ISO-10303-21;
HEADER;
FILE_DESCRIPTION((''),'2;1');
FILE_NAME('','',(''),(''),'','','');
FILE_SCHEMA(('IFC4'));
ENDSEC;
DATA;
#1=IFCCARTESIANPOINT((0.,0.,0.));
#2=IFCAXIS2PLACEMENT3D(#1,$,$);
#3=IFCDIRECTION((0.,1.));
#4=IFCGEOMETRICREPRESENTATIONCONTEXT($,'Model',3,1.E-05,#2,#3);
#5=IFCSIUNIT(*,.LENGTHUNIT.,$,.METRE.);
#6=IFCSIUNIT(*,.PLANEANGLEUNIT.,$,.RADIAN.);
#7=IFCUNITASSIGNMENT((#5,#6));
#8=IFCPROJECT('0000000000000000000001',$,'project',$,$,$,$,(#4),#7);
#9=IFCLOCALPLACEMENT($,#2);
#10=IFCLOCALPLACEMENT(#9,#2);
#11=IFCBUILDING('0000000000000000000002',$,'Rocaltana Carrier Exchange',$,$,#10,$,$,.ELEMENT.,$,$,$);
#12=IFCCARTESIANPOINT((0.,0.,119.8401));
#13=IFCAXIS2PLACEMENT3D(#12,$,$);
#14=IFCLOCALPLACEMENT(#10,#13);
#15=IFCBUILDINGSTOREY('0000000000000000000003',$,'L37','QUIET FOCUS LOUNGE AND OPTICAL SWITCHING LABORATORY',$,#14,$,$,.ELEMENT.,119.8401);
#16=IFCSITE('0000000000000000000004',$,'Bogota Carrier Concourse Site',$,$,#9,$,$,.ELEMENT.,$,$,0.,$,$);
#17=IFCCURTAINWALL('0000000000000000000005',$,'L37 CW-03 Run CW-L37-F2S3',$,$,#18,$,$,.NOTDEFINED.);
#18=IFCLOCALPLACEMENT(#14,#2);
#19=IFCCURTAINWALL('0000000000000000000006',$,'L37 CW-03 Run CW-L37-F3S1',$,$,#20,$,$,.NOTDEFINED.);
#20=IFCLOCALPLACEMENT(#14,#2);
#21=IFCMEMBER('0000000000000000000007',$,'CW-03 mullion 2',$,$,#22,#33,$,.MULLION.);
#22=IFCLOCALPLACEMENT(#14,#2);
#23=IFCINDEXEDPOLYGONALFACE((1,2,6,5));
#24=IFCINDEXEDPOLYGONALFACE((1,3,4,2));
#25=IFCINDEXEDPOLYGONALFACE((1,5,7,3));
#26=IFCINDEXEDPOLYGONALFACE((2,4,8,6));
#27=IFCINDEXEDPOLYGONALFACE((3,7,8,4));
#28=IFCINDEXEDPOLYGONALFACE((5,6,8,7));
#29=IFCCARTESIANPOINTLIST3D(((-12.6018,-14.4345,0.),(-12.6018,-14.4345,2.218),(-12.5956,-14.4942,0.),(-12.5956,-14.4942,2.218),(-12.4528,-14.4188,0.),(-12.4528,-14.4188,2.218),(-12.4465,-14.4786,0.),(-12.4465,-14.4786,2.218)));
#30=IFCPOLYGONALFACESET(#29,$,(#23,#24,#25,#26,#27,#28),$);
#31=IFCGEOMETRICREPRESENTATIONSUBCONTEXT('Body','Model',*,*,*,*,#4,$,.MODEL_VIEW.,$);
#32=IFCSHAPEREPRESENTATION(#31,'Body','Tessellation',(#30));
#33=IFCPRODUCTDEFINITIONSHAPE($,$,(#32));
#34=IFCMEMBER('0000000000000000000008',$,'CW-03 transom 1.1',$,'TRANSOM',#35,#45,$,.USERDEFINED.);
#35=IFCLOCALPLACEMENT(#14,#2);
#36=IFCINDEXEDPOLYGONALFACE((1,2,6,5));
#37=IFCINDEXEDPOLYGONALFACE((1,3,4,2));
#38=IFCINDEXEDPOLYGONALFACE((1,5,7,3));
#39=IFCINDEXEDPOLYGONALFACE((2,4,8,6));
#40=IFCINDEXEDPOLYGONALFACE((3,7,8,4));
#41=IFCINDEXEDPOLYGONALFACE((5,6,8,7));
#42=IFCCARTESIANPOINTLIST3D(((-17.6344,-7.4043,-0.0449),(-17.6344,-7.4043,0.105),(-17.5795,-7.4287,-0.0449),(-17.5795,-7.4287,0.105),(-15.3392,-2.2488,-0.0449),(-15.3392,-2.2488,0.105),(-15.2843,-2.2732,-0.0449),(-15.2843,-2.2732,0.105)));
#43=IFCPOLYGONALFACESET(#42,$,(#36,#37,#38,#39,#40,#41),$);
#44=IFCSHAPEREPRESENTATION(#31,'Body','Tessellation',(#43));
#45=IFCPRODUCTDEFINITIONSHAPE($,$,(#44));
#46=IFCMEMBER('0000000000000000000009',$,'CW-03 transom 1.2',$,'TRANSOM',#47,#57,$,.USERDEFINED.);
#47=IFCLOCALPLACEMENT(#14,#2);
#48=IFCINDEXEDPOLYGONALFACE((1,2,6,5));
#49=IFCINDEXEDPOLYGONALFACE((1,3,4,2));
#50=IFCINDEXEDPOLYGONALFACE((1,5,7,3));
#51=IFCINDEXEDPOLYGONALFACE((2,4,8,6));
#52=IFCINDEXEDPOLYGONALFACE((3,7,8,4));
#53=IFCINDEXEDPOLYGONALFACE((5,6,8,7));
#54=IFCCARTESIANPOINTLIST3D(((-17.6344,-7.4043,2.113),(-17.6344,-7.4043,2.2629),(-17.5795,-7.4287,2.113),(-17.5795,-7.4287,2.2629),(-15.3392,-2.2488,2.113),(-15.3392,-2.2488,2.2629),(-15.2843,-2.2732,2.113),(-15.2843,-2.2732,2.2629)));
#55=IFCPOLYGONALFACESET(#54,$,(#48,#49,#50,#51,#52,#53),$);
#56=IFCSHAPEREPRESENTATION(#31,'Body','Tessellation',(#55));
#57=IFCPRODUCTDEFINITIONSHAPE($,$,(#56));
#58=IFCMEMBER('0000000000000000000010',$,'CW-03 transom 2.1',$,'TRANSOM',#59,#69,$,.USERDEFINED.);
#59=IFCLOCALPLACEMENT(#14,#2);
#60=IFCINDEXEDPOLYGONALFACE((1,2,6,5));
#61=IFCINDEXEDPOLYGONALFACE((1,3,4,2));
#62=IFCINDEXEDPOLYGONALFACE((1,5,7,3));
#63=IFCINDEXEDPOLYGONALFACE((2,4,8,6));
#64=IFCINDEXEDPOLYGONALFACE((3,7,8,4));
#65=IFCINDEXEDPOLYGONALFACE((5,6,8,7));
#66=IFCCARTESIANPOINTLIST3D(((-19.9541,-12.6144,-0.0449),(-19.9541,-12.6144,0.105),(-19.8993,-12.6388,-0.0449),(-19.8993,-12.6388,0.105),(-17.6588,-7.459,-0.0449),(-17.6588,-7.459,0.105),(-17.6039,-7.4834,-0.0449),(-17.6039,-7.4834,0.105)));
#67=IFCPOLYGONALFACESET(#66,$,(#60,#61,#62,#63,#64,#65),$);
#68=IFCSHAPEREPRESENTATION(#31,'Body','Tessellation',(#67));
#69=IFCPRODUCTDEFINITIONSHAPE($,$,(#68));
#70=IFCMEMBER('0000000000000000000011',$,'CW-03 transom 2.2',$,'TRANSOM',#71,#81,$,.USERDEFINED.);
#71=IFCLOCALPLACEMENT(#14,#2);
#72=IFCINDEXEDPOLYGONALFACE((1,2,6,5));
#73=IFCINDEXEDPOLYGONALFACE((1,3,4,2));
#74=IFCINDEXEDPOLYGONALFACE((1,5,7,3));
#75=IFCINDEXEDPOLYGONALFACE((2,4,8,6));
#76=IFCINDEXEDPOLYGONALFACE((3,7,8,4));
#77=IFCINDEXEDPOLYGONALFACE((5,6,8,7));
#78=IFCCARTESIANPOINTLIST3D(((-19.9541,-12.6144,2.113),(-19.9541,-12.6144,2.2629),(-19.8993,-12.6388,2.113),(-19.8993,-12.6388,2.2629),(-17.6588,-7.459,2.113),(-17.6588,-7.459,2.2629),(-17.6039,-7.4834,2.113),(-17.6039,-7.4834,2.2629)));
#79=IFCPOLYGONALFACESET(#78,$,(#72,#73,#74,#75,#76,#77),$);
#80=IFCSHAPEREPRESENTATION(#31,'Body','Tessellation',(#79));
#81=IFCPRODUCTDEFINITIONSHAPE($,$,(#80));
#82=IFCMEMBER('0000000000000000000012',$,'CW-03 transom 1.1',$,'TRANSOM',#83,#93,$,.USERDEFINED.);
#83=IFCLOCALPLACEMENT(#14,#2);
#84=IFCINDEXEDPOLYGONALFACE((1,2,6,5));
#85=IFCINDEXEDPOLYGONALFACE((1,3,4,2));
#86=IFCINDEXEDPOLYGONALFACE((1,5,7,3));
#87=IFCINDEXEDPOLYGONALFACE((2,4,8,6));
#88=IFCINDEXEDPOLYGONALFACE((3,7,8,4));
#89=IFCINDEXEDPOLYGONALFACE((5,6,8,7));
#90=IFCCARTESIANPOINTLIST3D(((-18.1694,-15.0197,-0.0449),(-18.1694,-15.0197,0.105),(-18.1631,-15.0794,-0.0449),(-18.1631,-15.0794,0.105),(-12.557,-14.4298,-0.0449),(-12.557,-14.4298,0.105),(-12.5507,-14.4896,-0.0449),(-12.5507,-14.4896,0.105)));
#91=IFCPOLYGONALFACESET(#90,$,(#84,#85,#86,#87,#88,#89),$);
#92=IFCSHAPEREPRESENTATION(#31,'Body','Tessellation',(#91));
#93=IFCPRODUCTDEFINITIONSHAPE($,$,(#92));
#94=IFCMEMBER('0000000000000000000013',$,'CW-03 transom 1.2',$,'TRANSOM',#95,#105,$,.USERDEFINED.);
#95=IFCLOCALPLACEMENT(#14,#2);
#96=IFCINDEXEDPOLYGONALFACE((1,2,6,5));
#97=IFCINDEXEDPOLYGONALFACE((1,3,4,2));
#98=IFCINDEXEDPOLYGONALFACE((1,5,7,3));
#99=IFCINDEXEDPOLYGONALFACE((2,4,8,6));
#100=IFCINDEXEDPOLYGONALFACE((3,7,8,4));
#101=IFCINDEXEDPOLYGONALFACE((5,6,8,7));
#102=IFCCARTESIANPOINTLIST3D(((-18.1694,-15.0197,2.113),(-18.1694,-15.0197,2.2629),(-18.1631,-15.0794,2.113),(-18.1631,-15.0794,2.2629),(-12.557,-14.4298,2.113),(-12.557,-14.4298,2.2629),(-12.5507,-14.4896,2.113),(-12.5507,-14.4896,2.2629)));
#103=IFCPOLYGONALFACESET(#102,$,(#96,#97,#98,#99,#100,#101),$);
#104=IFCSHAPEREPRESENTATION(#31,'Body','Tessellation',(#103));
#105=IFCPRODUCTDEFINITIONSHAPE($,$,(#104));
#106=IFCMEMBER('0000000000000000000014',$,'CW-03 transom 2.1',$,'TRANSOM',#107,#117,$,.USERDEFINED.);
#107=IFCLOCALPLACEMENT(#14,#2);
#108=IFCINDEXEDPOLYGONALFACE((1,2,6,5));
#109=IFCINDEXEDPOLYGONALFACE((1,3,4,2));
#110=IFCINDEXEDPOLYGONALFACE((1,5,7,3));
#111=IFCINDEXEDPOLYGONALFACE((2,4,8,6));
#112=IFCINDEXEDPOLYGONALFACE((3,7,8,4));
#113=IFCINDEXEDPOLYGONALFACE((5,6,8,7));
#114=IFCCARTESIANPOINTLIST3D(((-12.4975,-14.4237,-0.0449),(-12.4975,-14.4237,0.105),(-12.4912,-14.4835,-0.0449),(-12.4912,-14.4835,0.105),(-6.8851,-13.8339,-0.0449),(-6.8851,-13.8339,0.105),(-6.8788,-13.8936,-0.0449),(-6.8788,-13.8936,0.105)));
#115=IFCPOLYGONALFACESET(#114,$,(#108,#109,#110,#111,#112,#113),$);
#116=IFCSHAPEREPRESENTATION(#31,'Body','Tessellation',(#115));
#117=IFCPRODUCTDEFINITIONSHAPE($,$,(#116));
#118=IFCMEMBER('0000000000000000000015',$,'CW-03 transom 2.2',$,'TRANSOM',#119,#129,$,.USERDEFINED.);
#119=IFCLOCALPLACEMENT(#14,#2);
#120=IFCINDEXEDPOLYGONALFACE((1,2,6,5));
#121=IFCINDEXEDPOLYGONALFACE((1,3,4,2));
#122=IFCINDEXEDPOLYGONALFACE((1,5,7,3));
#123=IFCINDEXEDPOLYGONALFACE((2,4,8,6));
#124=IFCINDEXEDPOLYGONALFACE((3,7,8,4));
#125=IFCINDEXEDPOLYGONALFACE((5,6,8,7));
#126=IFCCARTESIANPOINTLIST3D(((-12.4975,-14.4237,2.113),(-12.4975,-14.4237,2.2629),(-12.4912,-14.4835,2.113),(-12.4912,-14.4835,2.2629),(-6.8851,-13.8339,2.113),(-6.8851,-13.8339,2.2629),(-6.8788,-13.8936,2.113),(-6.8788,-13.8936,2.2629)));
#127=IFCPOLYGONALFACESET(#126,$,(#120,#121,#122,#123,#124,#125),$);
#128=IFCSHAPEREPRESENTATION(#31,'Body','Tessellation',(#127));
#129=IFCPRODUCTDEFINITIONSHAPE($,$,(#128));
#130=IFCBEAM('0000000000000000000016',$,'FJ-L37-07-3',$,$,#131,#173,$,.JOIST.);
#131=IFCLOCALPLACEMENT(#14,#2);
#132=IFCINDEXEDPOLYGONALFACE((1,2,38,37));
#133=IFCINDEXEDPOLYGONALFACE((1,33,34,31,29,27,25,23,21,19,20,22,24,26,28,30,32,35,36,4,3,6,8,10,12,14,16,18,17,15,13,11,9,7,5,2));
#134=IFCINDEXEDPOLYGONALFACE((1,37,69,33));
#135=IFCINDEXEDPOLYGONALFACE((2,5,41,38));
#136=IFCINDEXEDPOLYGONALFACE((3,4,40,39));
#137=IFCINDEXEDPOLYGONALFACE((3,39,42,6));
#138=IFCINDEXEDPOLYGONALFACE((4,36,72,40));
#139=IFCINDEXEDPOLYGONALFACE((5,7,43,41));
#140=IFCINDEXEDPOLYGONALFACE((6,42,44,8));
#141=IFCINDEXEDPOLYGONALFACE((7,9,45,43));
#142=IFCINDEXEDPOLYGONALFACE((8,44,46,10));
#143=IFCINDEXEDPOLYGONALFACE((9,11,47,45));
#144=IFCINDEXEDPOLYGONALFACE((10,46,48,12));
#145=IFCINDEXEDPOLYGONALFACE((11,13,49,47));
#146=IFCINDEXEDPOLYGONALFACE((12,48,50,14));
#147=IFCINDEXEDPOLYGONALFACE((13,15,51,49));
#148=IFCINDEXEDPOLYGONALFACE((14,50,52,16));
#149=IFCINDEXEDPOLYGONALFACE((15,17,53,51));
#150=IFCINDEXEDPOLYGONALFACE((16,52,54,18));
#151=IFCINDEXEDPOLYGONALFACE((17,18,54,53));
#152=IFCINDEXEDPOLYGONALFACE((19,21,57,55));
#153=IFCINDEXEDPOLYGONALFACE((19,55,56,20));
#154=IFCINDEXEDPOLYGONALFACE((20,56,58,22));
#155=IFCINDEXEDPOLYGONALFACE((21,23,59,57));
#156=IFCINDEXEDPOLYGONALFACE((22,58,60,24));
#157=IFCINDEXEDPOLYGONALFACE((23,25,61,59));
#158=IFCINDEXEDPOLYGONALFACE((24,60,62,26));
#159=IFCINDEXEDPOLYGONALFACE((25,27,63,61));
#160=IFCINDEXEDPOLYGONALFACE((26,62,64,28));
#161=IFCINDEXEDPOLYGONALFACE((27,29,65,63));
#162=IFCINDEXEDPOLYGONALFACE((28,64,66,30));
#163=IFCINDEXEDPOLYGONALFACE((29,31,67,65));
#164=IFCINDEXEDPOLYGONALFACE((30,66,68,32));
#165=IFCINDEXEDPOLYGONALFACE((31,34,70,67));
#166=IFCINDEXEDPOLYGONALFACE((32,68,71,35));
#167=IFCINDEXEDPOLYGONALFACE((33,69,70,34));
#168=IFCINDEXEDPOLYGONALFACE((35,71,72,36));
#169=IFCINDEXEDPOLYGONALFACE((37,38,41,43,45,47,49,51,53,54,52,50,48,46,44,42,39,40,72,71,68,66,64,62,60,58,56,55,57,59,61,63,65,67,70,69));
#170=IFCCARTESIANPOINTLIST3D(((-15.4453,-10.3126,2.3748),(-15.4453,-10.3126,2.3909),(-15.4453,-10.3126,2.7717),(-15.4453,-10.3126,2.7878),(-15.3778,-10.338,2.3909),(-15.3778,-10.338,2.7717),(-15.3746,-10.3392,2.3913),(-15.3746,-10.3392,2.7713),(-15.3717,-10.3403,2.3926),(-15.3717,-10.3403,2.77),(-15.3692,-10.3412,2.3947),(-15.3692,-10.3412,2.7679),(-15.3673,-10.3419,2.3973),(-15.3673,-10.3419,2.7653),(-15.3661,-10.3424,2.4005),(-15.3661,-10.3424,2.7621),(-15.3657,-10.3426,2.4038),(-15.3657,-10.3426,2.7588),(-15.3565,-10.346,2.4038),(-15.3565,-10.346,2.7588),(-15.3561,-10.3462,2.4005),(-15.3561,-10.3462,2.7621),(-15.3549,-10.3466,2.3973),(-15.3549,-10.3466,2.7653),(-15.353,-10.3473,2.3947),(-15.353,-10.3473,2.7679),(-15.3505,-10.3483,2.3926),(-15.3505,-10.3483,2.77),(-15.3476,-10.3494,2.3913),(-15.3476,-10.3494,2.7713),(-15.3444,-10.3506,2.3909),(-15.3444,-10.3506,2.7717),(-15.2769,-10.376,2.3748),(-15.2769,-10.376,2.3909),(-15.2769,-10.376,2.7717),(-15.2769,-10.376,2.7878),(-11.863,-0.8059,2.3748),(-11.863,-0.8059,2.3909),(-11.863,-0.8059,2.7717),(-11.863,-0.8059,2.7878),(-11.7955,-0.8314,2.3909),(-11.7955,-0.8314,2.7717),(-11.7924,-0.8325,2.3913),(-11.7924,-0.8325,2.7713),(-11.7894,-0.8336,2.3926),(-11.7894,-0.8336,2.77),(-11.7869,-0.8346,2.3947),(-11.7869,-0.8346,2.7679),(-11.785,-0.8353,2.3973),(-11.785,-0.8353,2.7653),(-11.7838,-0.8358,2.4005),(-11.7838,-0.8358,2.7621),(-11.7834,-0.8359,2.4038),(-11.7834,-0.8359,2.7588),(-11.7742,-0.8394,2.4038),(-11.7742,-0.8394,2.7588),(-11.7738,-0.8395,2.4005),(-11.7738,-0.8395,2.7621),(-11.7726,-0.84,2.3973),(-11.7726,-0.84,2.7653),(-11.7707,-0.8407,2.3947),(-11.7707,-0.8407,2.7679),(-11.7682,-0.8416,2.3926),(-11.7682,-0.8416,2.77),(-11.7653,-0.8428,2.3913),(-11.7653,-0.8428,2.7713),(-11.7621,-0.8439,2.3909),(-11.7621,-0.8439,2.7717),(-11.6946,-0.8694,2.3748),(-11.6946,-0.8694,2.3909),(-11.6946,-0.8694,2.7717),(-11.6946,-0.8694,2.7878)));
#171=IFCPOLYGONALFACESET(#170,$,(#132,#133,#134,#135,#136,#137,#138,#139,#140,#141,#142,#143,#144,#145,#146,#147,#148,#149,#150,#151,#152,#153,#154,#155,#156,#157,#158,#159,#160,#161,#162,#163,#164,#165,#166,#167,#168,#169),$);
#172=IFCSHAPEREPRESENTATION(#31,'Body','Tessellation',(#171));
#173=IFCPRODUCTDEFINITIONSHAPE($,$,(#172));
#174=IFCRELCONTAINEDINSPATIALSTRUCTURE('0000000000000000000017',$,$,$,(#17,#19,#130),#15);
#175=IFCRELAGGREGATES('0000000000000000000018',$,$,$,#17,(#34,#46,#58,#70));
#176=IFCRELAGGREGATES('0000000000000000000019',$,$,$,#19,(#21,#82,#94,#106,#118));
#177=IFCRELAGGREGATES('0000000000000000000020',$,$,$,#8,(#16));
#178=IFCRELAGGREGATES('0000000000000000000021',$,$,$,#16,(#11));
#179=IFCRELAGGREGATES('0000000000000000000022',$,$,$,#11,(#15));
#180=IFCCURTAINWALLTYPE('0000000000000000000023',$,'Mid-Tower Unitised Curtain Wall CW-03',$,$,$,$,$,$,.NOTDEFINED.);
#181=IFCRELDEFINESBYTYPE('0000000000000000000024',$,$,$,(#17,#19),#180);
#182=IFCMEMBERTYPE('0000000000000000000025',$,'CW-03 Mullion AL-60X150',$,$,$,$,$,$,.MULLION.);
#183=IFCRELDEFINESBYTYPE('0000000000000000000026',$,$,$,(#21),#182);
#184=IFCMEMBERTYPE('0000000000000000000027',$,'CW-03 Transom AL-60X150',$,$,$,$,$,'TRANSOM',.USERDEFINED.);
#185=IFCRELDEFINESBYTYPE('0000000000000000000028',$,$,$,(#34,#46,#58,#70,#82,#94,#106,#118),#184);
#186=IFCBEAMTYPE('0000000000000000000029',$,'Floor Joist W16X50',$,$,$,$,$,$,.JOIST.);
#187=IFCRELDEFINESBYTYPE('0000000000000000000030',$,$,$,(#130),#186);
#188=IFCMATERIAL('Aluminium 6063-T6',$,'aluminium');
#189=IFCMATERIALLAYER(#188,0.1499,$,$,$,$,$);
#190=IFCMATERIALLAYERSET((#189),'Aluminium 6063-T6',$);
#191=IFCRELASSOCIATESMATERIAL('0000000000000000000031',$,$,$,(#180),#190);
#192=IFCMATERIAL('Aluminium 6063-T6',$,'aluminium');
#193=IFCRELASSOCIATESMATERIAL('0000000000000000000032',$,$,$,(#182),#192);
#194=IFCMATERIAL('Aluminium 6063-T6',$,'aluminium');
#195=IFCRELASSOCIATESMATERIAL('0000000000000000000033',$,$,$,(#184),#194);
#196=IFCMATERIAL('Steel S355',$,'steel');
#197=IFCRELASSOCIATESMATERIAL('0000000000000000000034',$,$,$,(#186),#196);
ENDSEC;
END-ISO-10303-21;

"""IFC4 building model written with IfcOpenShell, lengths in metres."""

from ifc_helpers import new_model, si_unit, direction, frame, origin, origin_2d, place, context, subcontext, project, spatial, rectangle, i_section, extrude, material, layer, layer_set, material_profile, profile_set, type_object, element, aggregate, save


model = new_model("IFC4")

# Units and contexts
model_context = context("Model", 3, precision=1e-05, world=origin(), true_north=direction((0.0, 1.0)))
body_context = subcontext(model_context, "Body", "Model", "MODEL_VIEW")
ifc_project = project(units=[si_unit("LENGTHUNIT", "METRE"), si_unit("PLANEANGLEUNIT", "RADIAN")], contexts=[model_context])

# Site, building, storey
site_placement = place(None, origin())
site = spatial("IfcSite", under=ifc_project, at=site_placement, Name="Bogota Carrier Concourse Site", CompositionType="ELEMENT", RefElevation=0.0)
building_placement = place(site_placement, origin())
building = spatial("IfcBuilding", under=site, at=building_placement, Name="Rocaltana Carrier Exchange", CompositionType="ELEMENT")
storey_placement = place(building_placement, frame((0.0, 0.0, 119.8401)))
storey = spatial("IfcBuildingStorey", under=building, at=storey_placement, Name="L37", Description="QUIET FOCUS LOUNGE AND OPTICAL SWITCHING LABORATORY", CompositionType="ELEMENT", Elevation=119.8401)

# Curtain walls, member
ifc_material_1 = material(Name="Aluminium 6063-T6", Category="aluminium")
ifc_layer_1 = layer(ifc_material_1, 0.1499)
ifc_layer_set_1 = layer_set([ifc_layer_1], Name="Aluminium 6063-T6")
curtain_wall_type = type_object("IfcCurtainWallType", Name="Mid-Tower Unitised Curtain Wall CW-03", PredefinedType="NOTDEFINED", material=ifc_layer_set_1)
curtain_wall_1_placement = place(storey_placement, origin())
curtain_wall_1 = element("IfcCurtainWall", 1, at=curtain_wall_1_placement, inside=storey, type_object=curtain_wall_type, Name="L37 CW-03 Run CW-L37-F2S3", PredefinedType="NOTDEFINED")
ifc_material_2 = material(Name="Aluminium 6063-T6", Category="aluminium")
ifc_material_profile_1 = material_profile(ifc_material_2, rectangle(XDim=0.0601, YDim=0.1499, at=origin_2d()), Name="AL-60X150")
ifc_profile_set_1 = profile_set([ifc_material_profile_1], Name="Aluminium 6063-T6")
member_type_1 = type_object("IfcMemberType", Name="CW-03 Mullion AL-60X150", PredefinedType="MULLION", material=ifc_profile_set_1)
curtain_wall_2_placement = place(storey_placement, origin())
curtain_wall_2 = element("IfcCurtainWall", 2, at=curtain_wall_2_placement, inside=storey, type_object=curtain_wall_type, Name="L37 CW-03 Run CW-L37-F3S1", PredefinedType="NOTDEFINED")
member_1_placement = place(storey_placement, frame((-12.5242, -14.4565, 0.0), z_axis=(0.0, 0.0, 1.0), x_axis=(-0.104522, 0.994523, 0.0)))
member_1 = element("IfcMember", 3, at=member_1_placement, type_object=member_type_1, Name="CW-03 mullion 2", PredefinedType="MULLION", context=body_context, shape_type="SweptSolid", body=[
    extrude(rectangle(XDim=0.0601, YDim=0.1499, at=origin_2d()), origin(), (0.0, 0.0, 1.0), 2.218),
])

# Members
ifc_material_3 = material(Name="Aluminium 6063-T6", Category="aluminium")
ifc_material_profile_2 = material_profile(ifc_material_3, rectangle(XDim=0.0601, YDim=0.1499, at=origin_2d()), Name="AL-60X150")
ifc_profile_set_2 = profile_set([ifc_material_profile_2], Name="Aluminium 6063-T6")
member_type_2 = type_object("IfcMemberType", Name="CW-03 Transom AL-60X150", ElementType="TRANSOM", PredefinedType="USERDEFINED", material=ifc_profile_set_2)
member_2_placement = place(storey_placement, frame((-15.3118, -2.261, 0.03), z_axis=(-0.406704, -0.91356, 0.0), x_axis=(0.91356, -0.406704, 0.0)))
member_2 = element("IfcMember", 4, at=member_2_placement, type_object=member_type_2, Name="CW-03 transom 1.1", ObjectType="TRANSOM", PredefinedType="USERDEFINED", context=body_context, shape_type="SweptSolid", body=[
    extrude(rectangle(XDim=0.0601, YDim=0.1499, at=origin_2d()), origin(), (0.0, 0.0, 1.0), 5.6433),
])
member_3_placement = place(storey_placement, frame((-15.3118, -2.261, 2.188), z_axis=(-0.406704, -0.91356, 0.0), x_axis=(0.91356, -0.406704, 0.0)))
member_3 = element("IfcMember", 5, at=member_3_placement, type_object=member_type_2, Name="CW-03 transom 1.2", ObjectType="TRANSOM", PredefinedType="USERDEFINED", context=body_context, shape_type="SweptSolid", body=[
    extrude(rectangle(XDim=0.0601, YDim=0.1499, at=origin_2d()), origin(), (0.0, 0.0, 1.0), 5.6433),
])
member_4_placement = place(storey_placement, frame((-17.6313, -7.4712, 0.03), z_axis=(-0.40674, -0.913544, 0.0), x_axis=(0.913544, -0.40674, 0.0)))
member_4 = element("IfcMember", 6, at=member_4_placement, type_object=member_type_2, Name="CW-03 transom 2.1", ObjectType="TRANSOM", PredefinedType="USERDEFINED", context=body_context, shape_type="SweptSolid", body=[
    extrude(rectangle(XDim=0.0601, YDim=0.1499, at=origin_2d()), origin(), (0.0, 0.0, 1.0), 5.6433),
])
member_5_placement = place(storey_placement, frame((-17.6313, -7.4712, 2.188), z_axis=(-0.40674, -0.913544, 0.0), x_axis=(0.913544, -0.40674, 0.0)))
member_5 = element("IfcMember", 7, at=member_5_placement, type_object=member_type_2, Name="CW-03 transom 2.2", ObjectType="TRANSOM", PredefinedType="USERDEFINED", context=body_context, shape_type="SweptSolid", body=[
    extrude(rectangle(XDim=0.0601, YDim=0.1499, at=origin_2d()), origin(), (0.0, 0.0, 1.0), 5.6433),
])
member_6_placement = place(storey_placement, frame((-18.1663, -15.0496, 0.03), z_axis=(0.994523, 0.104523, 0.0), x_axis=(-0.104523, 0.994523, 0.0)))
member_6 = element("IfcMember", 8, at=member_6_placement, type_object=member_type_2, Name="CW-03 transom 1.1", ObjectType="TRANSOM", PredefinedType="USERDEFINED", context=body_context, shape_type="SweptSolid", body=[
    extrude(rectangle(XDim=0.0601, YDim=0.1499, at=origin_2d()), origin(), (0.0, 0.0, 1.0), 5.6433),
])
member_7_placement = place(storey_placement, frame((-18.1663, -15.0496, 2.188), z_axis=(0.994523, 0.104523, 0.0), x_axis=(-0.104523, 0.994523, 0.0)))
member_7 = element("IfcMember", 9, at=member_7_placement, type_object=member_type_2, Name="CW-03 transom 1.2", ObjectType="TRANSOM", PredefinedType="USERDEFINED", context=body_context, shape_type="SweptSolid", body=[
    extrude(rectangle(XDim=0.0601, YDim=0.1499, at=origin_2d()), origin(), (0.0, 0.0, 1.0), 5.6433),
])
member_8_placement = place(storey_placement, frame((-12.4944, -14.4536, 0.03), z_axis=(0.994523, 0.104523, 0.0), x_axis=(-0.104523, 0.994523, 0.0)))
member_8 = element("IfcMember", 10, at=member_8_placement, type_object=member_type_2, Name="CW-03 transom 2.1", ObjectType="TRANSOM", PredefinedType="USERDEFINED", context=body_context, shape_type="SweptSolid", body=[
    extrude(rectangle(XDim=0.0601, YDim=0.1499, at=origin_2d()), origin(), (0.0, 0.0, 1.0), 5.6433),
])
member_9_placement = place(storey_placement, frame((-12.4944, -14.4536, 2.188), z_axis=(0.994523, 0.104523, 0.0), x_axis=(-0.104523, 0.994523, 0.0)))
member_9 = element("IfcMember", 11, at=member_9_placement, type_object=member_type_2, Name="CW-03 transom 2.2", ObjectType="TRANSOM", PredefinedType="USERDEFINED", context=body_context, shape_type="SweptSolid", body=[
    extrude(rectangle(XDim=0.0601, YDim=0.1499, at=origin_2d()), origin(), (0.0, 0.0, 1.0), 5.6433),
])

# Beam
ifc_material_4 = material(Name="Steel S355", Category="steel")
ifc_material_profile_3 = material_profile(ifc_material_4, i_section(OverallWidth=0.1799, OverallDepth=0.4131, WebThickness=0.0098, FlangeThickness=0.0161, FilletRadius=0.0129, at=origin_2d()), Name="W16X50")
ifc_profile_set_3 = profile_set([ifc_material_profile_3], Name="Steel S355")
beam_type_1 = type_object("IfcBeamType", Name="Floor Joist W16X50", PredefinedType="JOIST", material=ifc_profile_set_3)
beam_1_placement = place(storey_placement, frame((-11.7788, -0.8376, 2.5813), z_axis=(-0.352616, -0.935768, 0.0), x_axis=(0.935768, -0.352616, 0.0)))
element("IfcBeam", 12, at=beam_1_placement, inside=storey, type_object=beam_type_1, Name="FJ-L37-07-3", PredefinedType="JOIST", context=body_context, shape_type="SweptSolid", body=[
    extrude(i_section(OverallWidth=0.1799, OverallDepth=0.4131, WebThickness=0.0098, FlangeThickness=0.0161, FilletRadius=0.0129, at=origin_2d()), origin(), (0.0, 0.0, 1.0), 10.1592),
])

aggregate(curtain_wall_1, [member_2, member_3, member_4, member_5])
aggregate(curtain_wall_2, [member_1, member_6, member_7, member_8, member_9])

save(model, "model.ifc")
